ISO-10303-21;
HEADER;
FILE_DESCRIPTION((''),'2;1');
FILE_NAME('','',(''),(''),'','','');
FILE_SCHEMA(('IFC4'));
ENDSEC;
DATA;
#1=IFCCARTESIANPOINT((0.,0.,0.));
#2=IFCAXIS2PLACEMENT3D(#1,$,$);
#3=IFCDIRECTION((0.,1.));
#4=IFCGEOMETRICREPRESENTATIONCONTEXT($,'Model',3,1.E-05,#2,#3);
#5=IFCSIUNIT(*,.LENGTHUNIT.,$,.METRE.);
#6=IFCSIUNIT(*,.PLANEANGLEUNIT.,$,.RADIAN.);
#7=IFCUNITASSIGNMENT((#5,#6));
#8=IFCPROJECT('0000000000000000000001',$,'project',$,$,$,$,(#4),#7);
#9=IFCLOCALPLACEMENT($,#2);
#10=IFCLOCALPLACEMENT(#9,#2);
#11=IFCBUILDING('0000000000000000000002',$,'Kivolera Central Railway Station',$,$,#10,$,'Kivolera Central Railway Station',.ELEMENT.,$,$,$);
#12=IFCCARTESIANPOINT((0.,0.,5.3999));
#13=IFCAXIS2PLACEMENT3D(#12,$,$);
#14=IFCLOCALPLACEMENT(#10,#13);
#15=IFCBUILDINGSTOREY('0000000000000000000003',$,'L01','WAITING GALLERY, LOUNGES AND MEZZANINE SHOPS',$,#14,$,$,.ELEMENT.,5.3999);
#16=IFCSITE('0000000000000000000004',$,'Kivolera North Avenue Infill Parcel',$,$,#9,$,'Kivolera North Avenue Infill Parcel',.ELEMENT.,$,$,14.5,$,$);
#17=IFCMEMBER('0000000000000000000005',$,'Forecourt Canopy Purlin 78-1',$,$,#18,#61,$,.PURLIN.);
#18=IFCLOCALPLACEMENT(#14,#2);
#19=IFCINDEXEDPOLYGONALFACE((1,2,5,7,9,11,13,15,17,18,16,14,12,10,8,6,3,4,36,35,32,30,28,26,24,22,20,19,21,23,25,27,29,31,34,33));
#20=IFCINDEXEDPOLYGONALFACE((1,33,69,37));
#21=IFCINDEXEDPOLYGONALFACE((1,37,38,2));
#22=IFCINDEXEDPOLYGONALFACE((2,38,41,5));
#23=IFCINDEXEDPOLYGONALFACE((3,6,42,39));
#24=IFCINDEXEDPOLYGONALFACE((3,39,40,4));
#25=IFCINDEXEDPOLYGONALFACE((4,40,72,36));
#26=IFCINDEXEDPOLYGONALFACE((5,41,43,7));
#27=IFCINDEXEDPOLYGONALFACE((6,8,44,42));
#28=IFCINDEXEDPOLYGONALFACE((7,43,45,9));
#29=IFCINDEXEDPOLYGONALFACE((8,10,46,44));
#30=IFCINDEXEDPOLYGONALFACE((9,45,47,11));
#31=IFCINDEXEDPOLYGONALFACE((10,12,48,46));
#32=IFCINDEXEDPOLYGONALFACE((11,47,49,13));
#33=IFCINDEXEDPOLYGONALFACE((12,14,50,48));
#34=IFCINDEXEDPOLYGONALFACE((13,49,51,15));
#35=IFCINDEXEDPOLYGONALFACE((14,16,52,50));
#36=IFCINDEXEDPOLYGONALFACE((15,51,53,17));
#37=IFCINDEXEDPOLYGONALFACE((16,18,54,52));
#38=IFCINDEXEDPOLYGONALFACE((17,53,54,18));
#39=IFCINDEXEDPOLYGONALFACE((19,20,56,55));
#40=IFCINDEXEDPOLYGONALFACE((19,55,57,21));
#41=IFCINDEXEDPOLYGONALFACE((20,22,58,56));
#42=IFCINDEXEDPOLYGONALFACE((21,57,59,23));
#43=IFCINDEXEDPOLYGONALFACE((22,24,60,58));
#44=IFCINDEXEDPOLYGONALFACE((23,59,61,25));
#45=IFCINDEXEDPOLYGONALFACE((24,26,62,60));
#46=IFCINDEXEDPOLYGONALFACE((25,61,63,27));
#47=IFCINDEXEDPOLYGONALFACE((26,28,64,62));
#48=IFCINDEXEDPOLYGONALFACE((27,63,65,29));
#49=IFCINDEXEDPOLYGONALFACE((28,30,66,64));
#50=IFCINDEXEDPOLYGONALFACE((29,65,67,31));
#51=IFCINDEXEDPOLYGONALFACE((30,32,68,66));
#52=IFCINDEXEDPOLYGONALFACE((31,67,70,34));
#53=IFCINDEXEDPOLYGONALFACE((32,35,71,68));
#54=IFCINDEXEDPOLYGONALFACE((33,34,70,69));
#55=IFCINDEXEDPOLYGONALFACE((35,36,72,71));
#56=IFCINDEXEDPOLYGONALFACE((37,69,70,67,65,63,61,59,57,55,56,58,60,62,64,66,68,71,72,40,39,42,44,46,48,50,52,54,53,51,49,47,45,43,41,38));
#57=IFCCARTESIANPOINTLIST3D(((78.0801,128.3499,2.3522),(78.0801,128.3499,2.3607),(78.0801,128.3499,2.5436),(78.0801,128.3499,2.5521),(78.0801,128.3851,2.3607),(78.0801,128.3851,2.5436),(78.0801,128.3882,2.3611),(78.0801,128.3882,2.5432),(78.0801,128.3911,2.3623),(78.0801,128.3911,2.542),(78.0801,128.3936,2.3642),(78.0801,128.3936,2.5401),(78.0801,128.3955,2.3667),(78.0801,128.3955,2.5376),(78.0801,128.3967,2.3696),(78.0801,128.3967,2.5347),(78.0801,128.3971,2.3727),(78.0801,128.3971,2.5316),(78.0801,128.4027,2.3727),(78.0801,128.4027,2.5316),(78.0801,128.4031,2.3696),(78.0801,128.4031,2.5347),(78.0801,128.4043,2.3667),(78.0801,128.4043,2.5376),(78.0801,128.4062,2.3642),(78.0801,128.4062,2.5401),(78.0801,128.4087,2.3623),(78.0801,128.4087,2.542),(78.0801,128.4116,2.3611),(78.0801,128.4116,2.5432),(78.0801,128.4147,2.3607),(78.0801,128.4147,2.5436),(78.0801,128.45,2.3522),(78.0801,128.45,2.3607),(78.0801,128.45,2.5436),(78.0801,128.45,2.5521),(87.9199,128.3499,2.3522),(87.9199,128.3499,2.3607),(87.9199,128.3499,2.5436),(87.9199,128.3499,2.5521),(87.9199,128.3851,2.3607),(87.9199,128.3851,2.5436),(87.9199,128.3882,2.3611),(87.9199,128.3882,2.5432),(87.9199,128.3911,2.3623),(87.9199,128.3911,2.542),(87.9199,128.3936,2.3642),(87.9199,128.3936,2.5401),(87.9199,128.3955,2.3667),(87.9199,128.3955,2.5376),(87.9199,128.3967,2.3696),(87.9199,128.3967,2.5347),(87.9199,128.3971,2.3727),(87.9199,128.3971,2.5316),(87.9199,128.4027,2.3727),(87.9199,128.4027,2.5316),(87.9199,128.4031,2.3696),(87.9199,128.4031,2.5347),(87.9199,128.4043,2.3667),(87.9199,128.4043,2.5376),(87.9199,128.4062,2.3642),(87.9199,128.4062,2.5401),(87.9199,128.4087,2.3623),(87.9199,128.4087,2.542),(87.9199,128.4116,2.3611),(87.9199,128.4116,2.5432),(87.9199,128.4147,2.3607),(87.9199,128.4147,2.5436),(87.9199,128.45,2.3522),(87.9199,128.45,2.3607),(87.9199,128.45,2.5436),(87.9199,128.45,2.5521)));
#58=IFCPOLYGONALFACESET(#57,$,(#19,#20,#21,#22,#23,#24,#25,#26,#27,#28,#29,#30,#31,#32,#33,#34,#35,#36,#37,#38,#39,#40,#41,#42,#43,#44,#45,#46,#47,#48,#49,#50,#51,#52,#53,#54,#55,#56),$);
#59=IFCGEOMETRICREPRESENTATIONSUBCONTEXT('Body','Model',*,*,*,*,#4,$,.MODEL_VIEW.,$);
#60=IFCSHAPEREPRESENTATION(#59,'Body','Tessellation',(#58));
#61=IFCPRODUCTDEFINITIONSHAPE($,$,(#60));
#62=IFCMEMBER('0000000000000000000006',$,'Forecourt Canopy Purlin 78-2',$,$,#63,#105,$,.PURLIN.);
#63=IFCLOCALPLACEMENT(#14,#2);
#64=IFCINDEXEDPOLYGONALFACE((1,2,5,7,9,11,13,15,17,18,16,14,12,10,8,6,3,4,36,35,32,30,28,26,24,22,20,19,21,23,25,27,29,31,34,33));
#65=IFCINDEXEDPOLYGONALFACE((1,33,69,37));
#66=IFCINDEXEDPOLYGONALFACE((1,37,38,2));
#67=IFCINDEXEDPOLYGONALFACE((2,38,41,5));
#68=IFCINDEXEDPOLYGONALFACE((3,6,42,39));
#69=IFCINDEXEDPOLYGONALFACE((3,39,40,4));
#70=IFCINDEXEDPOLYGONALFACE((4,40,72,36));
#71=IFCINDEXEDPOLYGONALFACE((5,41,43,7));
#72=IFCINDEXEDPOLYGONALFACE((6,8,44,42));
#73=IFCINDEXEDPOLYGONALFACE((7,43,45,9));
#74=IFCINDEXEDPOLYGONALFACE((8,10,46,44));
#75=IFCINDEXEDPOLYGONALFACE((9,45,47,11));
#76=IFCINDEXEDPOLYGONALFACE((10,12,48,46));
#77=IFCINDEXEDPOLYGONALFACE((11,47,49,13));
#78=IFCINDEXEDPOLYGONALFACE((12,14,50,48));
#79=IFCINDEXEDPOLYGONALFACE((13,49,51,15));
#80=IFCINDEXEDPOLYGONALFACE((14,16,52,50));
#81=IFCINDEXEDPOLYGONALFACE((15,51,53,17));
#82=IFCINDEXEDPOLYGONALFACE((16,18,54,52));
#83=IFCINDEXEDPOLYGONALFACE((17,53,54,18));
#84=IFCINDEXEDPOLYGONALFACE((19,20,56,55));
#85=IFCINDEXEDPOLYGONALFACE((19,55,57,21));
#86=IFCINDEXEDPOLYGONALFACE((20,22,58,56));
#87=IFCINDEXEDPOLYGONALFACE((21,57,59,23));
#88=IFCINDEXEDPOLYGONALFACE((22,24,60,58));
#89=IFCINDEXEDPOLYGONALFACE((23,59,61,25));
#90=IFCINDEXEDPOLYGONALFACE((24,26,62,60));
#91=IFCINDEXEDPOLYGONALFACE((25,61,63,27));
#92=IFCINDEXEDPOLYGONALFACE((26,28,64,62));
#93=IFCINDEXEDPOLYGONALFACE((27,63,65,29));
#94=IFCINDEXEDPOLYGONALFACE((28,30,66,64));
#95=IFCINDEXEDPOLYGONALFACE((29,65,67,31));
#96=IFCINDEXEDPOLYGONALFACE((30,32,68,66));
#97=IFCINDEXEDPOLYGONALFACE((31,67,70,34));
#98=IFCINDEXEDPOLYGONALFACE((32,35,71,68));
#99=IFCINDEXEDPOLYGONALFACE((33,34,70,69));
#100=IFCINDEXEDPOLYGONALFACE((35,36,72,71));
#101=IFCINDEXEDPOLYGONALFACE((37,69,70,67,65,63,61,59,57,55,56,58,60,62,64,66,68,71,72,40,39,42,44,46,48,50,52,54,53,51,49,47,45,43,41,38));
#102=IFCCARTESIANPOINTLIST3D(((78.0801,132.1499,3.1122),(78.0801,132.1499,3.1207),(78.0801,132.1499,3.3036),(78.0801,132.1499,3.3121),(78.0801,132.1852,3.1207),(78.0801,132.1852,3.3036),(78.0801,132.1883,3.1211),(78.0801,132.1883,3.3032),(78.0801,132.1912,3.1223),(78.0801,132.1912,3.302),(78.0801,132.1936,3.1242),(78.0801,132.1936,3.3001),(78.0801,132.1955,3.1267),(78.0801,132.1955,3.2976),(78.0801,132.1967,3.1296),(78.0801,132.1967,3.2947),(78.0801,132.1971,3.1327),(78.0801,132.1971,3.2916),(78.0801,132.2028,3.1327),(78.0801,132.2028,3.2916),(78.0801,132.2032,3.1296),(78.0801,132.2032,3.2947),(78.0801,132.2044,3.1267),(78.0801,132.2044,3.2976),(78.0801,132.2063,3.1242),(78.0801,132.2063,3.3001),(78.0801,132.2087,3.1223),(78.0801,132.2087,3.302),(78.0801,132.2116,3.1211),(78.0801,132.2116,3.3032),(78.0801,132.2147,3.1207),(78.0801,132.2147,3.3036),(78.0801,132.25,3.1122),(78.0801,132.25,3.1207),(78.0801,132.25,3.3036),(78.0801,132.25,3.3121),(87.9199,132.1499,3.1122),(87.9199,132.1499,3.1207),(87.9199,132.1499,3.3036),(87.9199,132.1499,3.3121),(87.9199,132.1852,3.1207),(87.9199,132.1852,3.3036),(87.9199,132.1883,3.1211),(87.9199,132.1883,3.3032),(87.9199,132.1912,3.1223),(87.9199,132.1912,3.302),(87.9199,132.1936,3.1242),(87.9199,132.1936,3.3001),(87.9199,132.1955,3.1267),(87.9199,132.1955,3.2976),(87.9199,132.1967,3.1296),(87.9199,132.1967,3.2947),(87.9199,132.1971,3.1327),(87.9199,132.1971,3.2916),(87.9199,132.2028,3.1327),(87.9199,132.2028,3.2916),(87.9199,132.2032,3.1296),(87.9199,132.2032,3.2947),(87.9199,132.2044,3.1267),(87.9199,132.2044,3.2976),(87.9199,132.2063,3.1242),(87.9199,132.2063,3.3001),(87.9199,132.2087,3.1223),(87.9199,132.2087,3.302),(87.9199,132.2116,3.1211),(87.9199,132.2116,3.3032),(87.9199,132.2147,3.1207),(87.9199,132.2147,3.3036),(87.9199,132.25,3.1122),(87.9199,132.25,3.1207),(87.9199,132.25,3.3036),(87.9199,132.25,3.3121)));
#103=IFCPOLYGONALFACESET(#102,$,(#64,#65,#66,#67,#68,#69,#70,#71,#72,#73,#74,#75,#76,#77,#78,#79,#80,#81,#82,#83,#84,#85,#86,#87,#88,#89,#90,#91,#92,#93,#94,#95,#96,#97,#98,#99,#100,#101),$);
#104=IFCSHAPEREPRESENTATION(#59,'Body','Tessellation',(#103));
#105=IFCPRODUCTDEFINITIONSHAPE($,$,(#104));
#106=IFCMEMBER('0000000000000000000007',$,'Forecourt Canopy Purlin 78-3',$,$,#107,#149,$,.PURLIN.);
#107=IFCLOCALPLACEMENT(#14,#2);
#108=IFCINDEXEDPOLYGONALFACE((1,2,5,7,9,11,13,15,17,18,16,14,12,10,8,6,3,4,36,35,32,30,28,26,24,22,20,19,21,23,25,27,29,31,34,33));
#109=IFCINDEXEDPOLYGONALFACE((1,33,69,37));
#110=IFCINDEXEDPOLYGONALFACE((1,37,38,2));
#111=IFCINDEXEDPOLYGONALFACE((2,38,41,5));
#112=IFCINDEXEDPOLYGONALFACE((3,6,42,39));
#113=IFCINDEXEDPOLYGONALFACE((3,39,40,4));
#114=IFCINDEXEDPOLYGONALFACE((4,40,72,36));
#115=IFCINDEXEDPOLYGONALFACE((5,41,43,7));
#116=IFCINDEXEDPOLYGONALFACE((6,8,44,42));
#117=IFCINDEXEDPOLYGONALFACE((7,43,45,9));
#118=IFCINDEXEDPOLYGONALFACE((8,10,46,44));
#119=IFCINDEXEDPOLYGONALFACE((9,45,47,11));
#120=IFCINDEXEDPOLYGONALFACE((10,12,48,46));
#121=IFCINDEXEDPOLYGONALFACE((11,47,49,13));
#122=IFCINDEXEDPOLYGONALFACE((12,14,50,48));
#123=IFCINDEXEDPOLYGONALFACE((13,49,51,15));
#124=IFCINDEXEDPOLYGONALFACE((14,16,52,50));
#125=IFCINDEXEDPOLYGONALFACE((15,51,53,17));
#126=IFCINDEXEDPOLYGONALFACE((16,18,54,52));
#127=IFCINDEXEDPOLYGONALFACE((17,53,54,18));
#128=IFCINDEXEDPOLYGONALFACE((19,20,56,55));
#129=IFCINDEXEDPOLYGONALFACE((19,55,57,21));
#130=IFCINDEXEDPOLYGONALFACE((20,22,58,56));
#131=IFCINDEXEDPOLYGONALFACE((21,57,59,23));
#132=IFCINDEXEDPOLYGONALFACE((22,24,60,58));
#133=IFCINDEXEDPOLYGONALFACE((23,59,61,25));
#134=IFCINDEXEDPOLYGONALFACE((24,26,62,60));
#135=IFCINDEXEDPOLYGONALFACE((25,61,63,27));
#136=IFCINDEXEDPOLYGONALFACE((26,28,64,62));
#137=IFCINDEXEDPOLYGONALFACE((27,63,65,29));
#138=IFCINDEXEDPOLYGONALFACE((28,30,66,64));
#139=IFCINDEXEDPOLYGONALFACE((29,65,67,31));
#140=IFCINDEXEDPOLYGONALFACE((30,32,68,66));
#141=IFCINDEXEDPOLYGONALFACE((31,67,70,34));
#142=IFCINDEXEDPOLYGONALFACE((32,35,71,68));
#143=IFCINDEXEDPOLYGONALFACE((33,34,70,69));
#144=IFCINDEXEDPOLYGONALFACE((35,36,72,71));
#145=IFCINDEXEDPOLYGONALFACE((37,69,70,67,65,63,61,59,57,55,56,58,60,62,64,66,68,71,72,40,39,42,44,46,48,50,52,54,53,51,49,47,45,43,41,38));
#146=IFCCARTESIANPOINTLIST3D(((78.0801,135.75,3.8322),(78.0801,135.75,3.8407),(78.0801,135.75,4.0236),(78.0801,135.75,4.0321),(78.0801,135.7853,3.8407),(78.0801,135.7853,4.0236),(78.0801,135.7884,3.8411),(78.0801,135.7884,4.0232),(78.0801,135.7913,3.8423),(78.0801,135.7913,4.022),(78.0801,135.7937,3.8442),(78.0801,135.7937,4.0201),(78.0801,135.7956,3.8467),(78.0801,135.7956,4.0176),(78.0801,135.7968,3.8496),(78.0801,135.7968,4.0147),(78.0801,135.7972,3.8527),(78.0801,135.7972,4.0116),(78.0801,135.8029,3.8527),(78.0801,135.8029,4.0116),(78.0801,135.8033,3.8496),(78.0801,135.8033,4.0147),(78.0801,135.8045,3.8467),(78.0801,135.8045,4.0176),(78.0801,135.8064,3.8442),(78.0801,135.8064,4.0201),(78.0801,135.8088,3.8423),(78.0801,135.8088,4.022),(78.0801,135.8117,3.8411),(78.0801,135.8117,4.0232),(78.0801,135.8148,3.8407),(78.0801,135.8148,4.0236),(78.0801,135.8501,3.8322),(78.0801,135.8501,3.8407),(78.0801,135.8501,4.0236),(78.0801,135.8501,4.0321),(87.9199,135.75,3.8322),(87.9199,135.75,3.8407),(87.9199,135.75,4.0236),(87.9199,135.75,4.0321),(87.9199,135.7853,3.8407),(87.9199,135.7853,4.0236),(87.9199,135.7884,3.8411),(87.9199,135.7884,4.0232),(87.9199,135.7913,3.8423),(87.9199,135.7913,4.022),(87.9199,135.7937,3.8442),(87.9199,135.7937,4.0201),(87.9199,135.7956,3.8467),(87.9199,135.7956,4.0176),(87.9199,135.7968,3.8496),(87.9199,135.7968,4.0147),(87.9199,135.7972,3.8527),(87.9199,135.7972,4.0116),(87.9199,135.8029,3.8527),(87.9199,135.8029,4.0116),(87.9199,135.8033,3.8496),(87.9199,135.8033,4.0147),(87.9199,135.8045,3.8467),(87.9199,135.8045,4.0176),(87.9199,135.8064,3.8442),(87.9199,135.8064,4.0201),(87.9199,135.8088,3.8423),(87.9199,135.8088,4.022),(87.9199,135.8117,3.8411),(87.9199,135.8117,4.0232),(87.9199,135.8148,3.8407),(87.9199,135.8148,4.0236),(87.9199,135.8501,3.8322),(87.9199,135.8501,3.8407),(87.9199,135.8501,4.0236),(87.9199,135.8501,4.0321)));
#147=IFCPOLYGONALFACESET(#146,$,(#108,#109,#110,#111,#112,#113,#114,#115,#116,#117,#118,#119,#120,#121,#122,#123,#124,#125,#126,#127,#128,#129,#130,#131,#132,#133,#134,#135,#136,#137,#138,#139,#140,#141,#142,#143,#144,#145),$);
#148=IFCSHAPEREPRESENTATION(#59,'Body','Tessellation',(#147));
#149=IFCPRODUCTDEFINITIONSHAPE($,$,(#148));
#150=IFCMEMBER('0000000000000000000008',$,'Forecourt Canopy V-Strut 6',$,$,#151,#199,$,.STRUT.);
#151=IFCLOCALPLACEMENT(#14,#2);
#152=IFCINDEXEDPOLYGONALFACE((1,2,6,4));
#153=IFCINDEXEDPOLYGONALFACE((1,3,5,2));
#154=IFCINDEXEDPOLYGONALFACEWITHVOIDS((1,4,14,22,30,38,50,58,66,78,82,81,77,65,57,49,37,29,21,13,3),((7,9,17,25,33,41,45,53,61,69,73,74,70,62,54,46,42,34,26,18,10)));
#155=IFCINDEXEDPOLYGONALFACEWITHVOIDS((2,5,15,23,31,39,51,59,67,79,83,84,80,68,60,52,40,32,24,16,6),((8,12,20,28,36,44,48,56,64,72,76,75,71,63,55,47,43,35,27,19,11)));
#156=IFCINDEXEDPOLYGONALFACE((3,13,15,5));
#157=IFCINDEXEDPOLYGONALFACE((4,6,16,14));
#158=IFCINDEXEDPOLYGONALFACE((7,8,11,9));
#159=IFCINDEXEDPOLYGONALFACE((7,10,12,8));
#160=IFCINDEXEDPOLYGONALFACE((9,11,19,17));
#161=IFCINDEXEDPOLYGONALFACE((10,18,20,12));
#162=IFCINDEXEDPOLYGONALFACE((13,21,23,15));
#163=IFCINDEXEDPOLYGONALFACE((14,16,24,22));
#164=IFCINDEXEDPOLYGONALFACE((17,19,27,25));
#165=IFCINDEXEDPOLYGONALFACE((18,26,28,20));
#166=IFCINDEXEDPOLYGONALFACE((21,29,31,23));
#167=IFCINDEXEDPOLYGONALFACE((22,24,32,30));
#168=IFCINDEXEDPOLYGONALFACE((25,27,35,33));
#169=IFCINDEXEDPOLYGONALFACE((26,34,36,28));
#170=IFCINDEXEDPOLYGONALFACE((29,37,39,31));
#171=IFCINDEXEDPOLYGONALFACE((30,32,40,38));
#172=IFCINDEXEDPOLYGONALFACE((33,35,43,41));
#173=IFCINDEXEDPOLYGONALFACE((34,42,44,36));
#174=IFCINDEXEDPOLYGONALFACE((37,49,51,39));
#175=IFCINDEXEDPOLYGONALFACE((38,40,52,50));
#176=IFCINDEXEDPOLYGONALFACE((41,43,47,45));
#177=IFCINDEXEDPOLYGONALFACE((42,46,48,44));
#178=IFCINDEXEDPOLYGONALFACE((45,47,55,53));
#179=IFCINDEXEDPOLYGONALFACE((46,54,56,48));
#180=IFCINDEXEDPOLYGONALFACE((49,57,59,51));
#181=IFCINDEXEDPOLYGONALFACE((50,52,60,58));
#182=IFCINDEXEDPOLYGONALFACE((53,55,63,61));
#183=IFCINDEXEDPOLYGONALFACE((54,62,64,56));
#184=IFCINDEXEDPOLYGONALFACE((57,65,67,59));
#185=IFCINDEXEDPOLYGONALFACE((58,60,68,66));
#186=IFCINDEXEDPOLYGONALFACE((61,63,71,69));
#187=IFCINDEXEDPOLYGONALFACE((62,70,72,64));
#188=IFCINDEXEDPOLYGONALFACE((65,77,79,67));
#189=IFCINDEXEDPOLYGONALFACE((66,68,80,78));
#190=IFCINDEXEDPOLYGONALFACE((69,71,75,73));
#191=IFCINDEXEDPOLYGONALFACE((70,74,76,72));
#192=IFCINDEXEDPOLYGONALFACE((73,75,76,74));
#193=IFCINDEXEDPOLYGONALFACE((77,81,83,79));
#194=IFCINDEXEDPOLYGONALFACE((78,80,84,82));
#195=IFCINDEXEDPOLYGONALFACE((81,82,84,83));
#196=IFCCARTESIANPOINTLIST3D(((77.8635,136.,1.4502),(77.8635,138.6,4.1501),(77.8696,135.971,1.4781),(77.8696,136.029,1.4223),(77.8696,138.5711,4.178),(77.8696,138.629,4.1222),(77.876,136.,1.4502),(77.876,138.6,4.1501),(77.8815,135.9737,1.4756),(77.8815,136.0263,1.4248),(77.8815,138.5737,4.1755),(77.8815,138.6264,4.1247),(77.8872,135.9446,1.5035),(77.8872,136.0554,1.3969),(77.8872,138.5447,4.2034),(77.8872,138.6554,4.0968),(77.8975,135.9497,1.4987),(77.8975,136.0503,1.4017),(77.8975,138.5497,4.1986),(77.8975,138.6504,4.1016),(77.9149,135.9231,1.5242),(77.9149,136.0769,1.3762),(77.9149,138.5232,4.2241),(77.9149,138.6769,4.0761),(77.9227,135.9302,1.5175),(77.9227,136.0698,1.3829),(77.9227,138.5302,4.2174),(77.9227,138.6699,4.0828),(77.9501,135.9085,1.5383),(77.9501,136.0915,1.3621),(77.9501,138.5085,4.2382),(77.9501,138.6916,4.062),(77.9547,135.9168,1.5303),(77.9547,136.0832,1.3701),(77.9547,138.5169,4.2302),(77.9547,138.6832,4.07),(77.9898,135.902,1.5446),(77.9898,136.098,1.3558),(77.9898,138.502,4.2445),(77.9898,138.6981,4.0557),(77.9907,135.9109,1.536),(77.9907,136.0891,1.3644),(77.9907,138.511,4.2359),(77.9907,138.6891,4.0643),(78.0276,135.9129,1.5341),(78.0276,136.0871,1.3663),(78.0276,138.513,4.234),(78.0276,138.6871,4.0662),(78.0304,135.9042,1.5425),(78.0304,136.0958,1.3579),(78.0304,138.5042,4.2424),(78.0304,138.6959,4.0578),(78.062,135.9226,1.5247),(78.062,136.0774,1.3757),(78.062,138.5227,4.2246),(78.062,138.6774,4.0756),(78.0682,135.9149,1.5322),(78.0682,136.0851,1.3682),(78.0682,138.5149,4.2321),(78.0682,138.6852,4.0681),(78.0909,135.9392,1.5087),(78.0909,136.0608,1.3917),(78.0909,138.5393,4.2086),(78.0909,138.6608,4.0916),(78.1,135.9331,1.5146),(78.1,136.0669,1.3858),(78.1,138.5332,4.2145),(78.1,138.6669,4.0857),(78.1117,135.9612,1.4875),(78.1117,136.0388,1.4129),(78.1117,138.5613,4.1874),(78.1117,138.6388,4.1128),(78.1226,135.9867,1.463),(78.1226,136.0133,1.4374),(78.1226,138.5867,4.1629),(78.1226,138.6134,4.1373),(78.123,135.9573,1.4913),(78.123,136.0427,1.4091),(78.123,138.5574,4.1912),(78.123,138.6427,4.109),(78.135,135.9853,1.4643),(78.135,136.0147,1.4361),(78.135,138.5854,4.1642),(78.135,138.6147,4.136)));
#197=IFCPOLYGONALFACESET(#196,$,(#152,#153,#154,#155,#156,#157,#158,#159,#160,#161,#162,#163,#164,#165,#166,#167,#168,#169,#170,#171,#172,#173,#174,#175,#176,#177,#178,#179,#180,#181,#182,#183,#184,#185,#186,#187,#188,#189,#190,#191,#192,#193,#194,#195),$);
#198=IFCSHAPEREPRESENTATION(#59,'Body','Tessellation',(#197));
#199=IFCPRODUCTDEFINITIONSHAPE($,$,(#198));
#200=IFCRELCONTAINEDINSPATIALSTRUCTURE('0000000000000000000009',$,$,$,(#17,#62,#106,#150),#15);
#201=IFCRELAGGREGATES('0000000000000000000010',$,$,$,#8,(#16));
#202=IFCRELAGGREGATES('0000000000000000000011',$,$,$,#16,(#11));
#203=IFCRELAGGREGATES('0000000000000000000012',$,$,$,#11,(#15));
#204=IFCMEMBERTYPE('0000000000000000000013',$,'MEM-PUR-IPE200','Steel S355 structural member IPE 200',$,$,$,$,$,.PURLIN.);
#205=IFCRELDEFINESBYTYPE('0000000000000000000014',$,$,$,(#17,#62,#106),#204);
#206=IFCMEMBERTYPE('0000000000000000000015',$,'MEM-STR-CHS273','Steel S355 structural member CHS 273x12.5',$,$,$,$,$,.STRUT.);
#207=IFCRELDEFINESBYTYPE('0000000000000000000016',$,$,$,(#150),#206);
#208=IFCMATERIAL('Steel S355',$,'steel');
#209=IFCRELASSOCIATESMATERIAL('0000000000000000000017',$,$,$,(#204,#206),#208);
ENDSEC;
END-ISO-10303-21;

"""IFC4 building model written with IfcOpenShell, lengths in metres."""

from ifc_helpers import new_model, si_unit, direction, frame, origin, origin_2d, place, context, subcontext, project, spatial, hollow_circle, i_section, extrude, material, material_profile, profile_set, type_object, element, save


model = new_model("IFC4")

# Units and contexts
model_context = context("Model", 3, precision=1e-05, world=origin(), true_north=direction((0.0, 1.0)))
body_context = subcontext(model_context, "Body", "Model", "MODEL_VIEW")
ifc_project = project(units=[si_unit("LENGTHUNIT", "METRE"), si_unit("PLANEANGLEUNIT", "RADIAN")], contexts=[model_context])

# Site, building, storey
site_placement = place(None, origin())
site = spatial("IfcSite", under=ifc_project, at=site_placement, Name="Kivolera North Avenue Infill Parcel", LongName="Kivolera North Avenue Infill Parcel", CompositionType="ELEMENT", RefElevation=14.5)
building_placement = place(site_placement, origin())
building = spatial("IfcBuilding", under=site, at=building_placement, Name="Kivolera Central Railway Station", LongName="Kivolera Central Railway Station", CompositionType="ELEMENT")
storey_placement = place(building_placement, frame((0.0, 0.0, 5.3999)))
storey = spatial("IfcBuildingStorey", under=building, at=storey_placement, Name="L01", Description="WAITING GALLERY, LOUNGES AND MEZZANINE SHOPS", CompositionType="ELEMENT", Elevation=5.3999)

# Shared definitions
ifc_material_1 = material(Name="Steel S355", Category="steel")

# Members
ifc_material_profile_1 = material_profile(ifc_material_1, i_section(OverallWidth=0.1001, OverallDepth=0.2, WebThickness=0.0056, FlangeThickness=0.0085, FilletRadius=0.012, at=origin_2d()), Name="IPE 200")
ifc_profile_set_1 = profile_set([ifc_material_profile_1], Name="Steel S355")
member_type_1 = type_object("IfcMemberType", Name="MEM-PUR-IPE200", Description="Steel S355 structural member IPE 200", PredefinedType="PURLIN", material=ifc_profile_set_1)
for number, where, z_axis, x_axis, name in (
    (1, (78.0801, 128.3999, 2.4521), (1.0, 0.0, 0.0), (0.0, 1.0, 0.0), "Forecourt Canopy Purlin 78-1"),
    (2, (78.0801, 132.2, 3.2122), (1.0, 0.0, 0.0), (0.0, 1.0, 0.0), "Forecourt Canopy Purlin 78-2"),
    (3, (78.0801, 135.8, 3.9321), (1.0, 0.0, 0.0), (0.0, 1.0, 0.0), "Forecourt Canopy Purlin 78-3"),
):
    element("IfcMember", number, at=place(storey_placement, frame(where, z_axis=z_axis, x_axis=x_axis)), inside=storey, type_object=member_type_1, Name=name, PredefinedType="PURLIN", context=body_context, shape_type="SweptSolid", body=[
        extrude(i_section(OverallWidth=0.1001, OverallDepth=0.2, WebThickness=0.0056, FlangeThickness=0.0085, FilletRadius=0.012, at=origin_2d()), origin(), (0.0, 0.0, 1.0), 9.8398),
    ])
ifc_material_profile_2 = material_profile(ifc_material_1, hollow_circle(Radius=0.1365, WallThickness=0.0125, at=origin_2d()), Name="CHS 273x12.5")
ifc_profile_set_2 = profile_set([ifc_material_profile_2], Name="Steel S355")
member_type_2 = type_object("IfcMemberType", Name="MEM-STR-CHS273", Description="Steel S355 structural member CHS 273x12.5", PredefinedType="STRUT", material=ifc_profile_set_2)
member_1_placement = place(storey_placement, frame((78.0, 136.0, 1.4502), z_axis=(0.0, 0.693662, 0.720301), x_axis=(-1.0, 0.0, 0.0)))
element("IfcMember", 4, at=member_1_placement, inside=storey, type_object=member_type_2, Name="Forecourt Canopy V-Strut 6", PredefinedType="STRUT", context=body_context, shape_type="SweptSolid", body=[
    extrude(hollow_circle(Radius=0.1365, WallThickness=0.0125, at=origin_2d()), origin(), (0.0, 0.0, 1.0), 3.7483),
])

save(model, "model.ifc")
